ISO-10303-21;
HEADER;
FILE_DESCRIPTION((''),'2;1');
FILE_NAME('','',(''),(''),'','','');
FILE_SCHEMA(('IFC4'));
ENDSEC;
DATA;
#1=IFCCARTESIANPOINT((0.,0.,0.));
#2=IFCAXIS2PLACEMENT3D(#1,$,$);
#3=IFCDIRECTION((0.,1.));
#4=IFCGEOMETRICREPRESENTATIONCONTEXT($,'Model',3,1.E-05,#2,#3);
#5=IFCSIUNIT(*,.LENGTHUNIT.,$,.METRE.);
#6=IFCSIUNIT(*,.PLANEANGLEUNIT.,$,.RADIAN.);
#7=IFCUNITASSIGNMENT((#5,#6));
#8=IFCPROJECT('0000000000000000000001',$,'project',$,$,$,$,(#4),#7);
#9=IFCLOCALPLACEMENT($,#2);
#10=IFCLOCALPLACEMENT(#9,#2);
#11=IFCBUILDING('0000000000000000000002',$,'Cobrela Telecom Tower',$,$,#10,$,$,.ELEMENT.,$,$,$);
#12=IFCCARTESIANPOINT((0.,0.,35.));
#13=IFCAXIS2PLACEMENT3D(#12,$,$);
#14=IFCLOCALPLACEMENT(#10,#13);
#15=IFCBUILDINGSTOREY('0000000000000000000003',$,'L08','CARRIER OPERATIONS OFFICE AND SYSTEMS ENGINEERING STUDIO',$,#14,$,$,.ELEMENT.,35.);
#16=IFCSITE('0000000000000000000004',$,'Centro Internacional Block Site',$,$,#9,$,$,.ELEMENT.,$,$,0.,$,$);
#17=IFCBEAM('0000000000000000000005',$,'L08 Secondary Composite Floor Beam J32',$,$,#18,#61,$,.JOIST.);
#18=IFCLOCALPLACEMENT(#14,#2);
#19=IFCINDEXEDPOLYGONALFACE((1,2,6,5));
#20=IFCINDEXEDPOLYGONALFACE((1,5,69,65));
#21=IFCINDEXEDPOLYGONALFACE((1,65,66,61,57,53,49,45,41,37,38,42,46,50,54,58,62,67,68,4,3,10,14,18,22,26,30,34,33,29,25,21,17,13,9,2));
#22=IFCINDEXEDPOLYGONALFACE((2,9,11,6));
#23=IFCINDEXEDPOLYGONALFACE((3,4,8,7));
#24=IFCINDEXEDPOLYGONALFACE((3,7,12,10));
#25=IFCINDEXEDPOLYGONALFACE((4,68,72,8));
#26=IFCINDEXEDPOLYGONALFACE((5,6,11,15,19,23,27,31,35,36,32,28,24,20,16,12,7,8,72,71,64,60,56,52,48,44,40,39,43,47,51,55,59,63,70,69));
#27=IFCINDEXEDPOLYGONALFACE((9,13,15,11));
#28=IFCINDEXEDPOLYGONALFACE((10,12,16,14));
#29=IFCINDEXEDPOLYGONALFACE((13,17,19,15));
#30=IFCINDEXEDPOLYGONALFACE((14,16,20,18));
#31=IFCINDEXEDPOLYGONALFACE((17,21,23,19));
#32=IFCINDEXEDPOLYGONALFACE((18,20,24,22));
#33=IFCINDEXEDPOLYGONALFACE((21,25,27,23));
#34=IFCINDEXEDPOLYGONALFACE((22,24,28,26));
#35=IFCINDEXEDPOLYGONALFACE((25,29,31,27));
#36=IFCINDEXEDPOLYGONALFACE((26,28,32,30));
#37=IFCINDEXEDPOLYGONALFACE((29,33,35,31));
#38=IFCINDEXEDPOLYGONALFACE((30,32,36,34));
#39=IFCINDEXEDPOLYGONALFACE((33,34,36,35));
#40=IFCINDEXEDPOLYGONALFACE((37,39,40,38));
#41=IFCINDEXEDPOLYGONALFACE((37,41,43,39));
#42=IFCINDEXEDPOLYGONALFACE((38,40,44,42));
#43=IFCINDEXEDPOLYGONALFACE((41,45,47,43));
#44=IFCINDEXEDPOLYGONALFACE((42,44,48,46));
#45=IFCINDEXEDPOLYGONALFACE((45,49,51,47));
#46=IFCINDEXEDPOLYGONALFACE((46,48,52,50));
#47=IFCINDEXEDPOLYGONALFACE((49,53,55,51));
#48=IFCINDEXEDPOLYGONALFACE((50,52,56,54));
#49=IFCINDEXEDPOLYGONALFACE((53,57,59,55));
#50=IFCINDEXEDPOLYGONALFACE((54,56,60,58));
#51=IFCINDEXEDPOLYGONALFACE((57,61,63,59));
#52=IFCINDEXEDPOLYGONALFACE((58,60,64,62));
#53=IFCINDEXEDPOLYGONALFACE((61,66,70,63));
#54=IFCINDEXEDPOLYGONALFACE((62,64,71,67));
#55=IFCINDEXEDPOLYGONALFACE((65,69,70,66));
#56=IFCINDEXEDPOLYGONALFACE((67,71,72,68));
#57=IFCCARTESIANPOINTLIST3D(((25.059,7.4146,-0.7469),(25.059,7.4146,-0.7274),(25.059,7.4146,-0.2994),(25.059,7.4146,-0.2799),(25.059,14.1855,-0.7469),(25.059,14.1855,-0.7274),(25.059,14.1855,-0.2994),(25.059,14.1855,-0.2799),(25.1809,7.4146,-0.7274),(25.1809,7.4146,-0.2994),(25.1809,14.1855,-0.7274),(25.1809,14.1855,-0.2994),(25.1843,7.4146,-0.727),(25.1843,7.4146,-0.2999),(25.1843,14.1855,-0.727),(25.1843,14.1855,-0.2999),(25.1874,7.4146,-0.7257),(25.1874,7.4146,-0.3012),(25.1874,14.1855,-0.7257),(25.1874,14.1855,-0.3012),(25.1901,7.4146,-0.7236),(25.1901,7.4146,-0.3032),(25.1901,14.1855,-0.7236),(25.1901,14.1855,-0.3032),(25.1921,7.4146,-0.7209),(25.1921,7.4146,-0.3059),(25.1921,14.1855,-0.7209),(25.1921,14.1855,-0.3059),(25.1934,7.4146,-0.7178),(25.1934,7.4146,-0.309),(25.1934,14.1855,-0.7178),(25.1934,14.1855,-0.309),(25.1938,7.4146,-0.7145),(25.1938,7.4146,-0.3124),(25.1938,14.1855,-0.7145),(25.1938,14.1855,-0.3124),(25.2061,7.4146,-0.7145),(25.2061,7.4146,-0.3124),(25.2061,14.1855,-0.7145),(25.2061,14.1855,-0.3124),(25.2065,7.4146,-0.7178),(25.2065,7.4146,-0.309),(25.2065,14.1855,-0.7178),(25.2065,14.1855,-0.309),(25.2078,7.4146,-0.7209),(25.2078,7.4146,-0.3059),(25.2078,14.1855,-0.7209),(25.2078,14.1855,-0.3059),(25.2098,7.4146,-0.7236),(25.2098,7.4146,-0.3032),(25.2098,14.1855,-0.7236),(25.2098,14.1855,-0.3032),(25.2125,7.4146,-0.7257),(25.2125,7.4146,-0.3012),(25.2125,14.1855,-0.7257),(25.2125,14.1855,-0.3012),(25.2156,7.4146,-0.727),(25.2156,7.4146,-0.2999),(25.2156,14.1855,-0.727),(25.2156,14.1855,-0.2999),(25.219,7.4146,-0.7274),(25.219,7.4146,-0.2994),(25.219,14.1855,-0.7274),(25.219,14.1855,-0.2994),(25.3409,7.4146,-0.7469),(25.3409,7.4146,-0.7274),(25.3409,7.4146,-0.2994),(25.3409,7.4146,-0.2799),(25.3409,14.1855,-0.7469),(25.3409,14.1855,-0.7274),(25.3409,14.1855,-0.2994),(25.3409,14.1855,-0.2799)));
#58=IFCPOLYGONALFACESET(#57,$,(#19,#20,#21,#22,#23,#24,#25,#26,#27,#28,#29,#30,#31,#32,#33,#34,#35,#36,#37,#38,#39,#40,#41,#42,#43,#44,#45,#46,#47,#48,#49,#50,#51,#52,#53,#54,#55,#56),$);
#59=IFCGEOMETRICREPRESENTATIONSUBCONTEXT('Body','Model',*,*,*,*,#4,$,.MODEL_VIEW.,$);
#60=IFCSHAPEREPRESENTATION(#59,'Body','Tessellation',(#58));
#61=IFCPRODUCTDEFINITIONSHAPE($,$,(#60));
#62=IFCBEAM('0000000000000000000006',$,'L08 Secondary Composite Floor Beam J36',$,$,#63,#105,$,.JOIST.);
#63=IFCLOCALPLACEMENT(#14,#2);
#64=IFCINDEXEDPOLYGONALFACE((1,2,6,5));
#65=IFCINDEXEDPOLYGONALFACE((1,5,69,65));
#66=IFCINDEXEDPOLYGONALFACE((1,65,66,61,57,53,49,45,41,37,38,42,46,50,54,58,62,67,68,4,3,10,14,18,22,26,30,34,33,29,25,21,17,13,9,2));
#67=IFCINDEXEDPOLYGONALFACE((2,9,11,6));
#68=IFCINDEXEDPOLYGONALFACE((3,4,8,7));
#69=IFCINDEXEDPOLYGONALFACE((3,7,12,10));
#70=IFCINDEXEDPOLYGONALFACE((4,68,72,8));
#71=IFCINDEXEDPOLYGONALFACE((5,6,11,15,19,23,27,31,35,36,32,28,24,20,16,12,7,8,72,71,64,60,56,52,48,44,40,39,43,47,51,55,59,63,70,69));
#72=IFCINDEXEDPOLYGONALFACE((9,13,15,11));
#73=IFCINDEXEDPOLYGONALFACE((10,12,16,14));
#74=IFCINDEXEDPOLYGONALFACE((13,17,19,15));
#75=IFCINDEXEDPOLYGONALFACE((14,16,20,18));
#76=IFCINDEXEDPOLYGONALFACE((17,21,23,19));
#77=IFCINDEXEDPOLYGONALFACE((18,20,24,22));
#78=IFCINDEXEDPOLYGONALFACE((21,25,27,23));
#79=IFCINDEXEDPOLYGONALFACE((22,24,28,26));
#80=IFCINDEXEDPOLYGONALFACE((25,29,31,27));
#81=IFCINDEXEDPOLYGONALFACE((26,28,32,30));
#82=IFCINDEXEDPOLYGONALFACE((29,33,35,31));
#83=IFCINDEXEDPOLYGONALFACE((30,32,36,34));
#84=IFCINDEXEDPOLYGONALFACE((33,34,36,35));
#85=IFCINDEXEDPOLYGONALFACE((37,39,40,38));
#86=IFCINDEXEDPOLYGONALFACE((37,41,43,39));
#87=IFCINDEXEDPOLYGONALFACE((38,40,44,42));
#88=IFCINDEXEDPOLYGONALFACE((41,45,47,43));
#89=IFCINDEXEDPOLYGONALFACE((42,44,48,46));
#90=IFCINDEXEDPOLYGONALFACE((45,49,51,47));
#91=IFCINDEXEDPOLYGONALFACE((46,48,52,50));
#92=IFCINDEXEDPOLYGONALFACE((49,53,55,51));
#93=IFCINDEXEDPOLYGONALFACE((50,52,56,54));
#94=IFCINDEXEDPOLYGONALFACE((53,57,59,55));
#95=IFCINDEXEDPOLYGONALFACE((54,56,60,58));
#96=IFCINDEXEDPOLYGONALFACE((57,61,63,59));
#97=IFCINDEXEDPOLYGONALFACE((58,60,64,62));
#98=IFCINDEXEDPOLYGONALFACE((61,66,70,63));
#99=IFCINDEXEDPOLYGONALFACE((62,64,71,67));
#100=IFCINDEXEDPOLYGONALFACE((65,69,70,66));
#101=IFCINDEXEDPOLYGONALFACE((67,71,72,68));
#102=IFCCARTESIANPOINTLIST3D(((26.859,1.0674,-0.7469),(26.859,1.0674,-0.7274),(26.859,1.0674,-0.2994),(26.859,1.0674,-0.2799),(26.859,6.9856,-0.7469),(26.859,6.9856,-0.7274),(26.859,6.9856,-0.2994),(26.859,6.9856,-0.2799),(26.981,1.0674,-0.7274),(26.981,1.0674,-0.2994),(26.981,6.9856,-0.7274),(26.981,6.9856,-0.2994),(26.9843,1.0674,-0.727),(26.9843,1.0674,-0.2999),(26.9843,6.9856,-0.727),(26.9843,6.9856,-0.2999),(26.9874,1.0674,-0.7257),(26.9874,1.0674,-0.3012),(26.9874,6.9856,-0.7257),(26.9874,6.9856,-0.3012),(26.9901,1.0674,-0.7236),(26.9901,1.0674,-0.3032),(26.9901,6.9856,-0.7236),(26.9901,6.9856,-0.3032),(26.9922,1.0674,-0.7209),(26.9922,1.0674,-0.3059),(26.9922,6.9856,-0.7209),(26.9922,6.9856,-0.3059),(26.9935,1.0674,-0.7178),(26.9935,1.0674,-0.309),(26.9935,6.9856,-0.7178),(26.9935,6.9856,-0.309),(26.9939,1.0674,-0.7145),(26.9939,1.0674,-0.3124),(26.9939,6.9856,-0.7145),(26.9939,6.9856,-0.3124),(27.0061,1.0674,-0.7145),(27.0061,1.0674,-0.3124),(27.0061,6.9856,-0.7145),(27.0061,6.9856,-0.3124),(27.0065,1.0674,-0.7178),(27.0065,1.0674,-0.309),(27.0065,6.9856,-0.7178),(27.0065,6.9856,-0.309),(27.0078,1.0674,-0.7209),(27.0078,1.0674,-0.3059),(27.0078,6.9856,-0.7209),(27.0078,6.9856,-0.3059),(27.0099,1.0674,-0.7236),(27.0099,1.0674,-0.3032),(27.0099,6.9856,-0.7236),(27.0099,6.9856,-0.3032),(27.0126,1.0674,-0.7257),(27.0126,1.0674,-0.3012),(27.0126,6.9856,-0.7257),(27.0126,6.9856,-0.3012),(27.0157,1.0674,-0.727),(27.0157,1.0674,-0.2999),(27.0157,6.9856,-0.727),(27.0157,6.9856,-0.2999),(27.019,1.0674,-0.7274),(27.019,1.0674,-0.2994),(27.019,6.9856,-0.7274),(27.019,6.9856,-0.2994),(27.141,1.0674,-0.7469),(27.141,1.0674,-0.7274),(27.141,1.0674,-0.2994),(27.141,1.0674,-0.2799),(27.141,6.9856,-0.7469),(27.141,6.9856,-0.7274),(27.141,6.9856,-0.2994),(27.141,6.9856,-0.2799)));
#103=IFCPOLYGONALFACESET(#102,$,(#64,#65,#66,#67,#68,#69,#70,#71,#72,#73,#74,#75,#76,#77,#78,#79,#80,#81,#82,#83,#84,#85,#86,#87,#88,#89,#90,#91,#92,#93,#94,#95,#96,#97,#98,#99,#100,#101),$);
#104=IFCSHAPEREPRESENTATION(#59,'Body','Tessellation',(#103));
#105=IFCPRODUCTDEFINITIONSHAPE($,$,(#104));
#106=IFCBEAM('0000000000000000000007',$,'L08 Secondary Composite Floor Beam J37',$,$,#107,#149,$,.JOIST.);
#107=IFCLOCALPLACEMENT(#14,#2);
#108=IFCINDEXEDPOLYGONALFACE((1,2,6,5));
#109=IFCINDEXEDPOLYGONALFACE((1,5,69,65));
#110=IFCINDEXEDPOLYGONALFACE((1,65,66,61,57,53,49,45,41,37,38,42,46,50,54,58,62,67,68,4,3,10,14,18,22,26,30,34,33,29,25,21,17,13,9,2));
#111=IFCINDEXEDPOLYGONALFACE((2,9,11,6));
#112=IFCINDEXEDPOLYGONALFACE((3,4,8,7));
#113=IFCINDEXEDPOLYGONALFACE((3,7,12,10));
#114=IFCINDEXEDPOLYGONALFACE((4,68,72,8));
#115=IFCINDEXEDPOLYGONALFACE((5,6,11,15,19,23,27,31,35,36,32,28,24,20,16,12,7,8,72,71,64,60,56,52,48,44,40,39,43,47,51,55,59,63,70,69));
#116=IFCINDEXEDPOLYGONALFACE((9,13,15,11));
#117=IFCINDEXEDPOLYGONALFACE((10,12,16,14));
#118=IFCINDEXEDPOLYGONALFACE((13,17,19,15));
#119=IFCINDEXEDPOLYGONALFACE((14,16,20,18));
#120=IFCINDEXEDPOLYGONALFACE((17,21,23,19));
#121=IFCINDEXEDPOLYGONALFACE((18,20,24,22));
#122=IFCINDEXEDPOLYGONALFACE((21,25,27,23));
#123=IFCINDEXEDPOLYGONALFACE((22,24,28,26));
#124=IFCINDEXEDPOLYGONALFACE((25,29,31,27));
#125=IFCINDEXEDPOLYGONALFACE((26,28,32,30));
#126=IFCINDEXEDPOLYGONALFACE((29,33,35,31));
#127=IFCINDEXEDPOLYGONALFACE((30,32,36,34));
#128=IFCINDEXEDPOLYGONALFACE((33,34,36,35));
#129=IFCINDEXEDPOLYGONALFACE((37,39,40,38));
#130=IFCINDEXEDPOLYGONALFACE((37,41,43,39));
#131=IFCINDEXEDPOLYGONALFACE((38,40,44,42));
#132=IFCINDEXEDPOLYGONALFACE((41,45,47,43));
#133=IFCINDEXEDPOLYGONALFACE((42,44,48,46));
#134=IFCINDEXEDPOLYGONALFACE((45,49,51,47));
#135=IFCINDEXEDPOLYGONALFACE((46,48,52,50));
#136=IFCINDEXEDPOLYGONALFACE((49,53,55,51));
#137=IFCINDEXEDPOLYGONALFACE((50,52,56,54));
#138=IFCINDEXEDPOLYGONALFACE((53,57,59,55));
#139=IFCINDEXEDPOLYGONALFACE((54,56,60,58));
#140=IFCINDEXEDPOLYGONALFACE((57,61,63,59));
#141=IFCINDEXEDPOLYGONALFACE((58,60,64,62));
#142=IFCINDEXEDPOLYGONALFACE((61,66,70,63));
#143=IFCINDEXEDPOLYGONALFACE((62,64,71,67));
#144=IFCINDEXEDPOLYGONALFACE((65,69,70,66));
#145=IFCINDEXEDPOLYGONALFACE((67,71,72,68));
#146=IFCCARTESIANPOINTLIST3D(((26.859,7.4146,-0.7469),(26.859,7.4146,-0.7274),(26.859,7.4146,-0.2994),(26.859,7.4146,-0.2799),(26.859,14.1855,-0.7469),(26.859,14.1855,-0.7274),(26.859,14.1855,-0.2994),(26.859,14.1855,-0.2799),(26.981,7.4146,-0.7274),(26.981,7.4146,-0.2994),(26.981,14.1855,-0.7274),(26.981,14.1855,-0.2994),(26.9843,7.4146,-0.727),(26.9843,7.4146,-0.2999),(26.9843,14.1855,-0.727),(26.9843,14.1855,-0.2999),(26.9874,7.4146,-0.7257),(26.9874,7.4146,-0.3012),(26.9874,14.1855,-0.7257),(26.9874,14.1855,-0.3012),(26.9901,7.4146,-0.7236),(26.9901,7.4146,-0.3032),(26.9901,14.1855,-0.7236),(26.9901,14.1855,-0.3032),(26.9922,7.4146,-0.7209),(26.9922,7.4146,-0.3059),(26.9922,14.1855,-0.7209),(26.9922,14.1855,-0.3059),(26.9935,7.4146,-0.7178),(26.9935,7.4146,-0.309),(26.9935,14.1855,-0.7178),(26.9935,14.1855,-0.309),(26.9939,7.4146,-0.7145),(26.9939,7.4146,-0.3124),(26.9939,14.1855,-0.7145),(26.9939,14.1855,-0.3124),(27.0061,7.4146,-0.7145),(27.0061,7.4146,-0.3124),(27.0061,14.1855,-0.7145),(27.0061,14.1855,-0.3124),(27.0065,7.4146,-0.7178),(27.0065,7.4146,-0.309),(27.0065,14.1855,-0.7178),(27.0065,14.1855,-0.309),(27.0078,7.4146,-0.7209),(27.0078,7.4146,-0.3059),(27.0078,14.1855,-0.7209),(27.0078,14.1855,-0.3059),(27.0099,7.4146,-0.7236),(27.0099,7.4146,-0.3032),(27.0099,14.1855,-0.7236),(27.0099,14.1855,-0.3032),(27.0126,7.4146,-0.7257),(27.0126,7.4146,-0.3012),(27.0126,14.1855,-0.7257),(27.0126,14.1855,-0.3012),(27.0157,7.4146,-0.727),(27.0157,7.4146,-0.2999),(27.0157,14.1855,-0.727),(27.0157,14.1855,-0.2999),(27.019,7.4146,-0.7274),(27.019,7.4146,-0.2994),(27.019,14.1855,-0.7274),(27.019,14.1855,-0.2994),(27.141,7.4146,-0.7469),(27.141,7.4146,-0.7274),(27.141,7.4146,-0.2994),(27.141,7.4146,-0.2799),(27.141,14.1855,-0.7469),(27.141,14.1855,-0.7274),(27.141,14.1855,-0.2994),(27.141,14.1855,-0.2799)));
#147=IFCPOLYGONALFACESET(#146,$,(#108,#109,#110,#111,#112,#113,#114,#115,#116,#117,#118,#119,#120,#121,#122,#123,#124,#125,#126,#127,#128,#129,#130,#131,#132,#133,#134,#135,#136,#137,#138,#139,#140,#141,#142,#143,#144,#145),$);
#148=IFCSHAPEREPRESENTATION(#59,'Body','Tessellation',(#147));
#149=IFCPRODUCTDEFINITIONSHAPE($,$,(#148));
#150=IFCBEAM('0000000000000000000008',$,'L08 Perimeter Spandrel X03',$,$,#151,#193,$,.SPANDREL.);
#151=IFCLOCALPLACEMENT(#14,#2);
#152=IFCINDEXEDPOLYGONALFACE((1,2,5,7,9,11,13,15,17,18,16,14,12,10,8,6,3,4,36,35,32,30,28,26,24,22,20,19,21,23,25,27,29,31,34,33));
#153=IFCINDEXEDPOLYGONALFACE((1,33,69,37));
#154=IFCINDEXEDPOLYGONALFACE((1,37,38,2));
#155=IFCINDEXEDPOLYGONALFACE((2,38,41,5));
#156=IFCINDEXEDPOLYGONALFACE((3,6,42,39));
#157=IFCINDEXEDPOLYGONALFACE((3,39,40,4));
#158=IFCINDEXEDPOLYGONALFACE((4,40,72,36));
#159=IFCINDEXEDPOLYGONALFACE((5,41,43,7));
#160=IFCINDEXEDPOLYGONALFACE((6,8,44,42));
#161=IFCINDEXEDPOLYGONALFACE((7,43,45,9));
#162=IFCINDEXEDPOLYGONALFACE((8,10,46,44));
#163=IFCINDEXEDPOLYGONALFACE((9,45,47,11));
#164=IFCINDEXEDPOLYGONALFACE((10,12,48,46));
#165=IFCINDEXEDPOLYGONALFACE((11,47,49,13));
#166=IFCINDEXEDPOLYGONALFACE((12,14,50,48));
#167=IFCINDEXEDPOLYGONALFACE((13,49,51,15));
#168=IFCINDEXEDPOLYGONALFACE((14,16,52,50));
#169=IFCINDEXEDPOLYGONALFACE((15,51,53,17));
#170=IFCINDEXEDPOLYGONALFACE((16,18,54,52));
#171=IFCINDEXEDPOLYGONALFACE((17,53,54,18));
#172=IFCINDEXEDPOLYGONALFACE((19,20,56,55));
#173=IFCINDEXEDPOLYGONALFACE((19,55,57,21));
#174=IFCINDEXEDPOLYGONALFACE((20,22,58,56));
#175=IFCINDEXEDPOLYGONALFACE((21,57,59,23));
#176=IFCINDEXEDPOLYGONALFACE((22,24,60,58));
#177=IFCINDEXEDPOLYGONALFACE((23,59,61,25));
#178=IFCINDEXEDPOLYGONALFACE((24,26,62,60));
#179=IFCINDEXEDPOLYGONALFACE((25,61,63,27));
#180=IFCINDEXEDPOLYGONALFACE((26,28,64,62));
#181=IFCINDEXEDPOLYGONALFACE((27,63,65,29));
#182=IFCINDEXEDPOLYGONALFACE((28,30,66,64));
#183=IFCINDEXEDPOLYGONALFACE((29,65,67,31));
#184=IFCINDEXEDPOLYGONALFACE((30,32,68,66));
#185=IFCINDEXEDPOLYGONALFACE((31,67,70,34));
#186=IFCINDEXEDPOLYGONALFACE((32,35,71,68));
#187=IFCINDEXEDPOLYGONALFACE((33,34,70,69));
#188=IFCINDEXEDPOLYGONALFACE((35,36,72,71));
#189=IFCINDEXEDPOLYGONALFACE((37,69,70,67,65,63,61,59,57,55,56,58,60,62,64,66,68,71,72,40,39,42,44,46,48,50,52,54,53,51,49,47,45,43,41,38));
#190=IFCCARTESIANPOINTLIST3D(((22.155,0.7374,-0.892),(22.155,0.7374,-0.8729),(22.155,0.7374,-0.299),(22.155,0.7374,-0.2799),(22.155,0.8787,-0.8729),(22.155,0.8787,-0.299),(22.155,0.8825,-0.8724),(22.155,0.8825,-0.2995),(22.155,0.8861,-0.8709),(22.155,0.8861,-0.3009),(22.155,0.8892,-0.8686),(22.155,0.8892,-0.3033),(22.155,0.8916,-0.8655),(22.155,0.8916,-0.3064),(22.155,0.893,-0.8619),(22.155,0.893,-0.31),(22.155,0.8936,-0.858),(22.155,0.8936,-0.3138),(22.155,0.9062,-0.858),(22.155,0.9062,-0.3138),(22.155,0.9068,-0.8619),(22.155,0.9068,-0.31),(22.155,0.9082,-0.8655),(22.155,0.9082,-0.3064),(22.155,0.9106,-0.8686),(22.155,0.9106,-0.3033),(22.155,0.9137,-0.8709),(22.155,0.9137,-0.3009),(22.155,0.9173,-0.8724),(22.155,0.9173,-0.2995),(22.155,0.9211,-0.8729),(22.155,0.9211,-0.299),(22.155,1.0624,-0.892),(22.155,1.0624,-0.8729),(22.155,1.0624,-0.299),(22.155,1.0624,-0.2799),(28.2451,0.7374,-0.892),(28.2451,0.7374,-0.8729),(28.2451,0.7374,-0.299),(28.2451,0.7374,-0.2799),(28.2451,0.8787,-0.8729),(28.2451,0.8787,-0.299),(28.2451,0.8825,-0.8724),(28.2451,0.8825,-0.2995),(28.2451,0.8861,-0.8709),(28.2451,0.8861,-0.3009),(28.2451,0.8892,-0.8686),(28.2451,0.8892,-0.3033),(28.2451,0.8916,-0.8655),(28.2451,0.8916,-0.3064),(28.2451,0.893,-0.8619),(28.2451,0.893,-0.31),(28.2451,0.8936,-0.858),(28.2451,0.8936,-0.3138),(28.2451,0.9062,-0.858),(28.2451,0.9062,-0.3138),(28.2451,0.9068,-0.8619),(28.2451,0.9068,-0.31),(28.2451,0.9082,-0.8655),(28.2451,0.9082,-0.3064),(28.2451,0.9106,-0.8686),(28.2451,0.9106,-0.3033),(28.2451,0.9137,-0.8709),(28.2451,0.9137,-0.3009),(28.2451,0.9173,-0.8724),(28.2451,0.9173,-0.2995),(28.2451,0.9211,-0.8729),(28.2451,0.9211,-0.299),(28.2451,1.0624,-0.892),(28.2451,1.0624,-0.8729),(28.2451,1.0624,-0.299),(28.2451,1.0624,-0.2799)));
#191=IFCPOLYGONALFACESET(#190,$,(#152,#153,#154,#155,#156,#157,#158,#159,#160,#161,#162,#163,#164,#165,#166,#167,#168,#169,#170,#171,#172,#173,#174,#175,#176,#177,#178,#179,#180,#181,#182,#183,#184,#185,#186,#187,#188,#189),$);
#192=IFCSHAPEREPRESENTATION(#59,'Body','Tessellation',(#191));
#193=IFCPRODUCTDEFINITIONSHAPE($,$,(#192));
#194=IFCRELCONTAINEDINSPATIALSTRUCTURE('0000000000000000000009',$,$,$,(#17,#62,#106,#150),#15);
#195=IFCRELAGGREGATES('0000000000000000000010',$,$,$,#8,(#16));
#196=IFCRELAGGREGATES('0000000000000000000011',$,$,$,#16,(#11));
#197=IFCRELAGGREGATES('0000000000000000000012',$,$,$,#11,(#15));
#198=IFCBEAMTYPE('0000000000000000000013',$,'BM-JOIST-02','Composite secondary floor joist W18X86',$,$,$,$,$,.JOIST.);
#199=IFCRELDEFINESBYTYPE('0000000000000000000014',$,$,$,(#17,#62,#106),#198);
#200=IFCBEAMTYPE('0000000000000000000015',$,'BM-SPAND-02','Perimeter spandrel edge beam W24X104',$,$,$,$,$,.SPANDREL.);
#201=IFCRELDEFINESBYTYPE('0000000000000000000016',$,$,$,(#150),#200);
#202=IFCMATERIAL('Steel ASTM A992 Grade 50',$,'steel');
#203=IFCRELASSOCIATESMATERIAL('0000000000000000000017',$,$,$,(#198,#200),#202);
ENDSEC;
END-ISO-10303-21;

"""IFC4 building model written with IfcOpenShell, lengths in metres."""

from ifc_helpers import new_model, si_unit, direction, frame, origin, origin_2d, place, context, subcontext, project, spatial, i_section, extrude, material, material_profile, profile_set, type_object, element, save


model = new_model("IFC4")

# Units and contexts
model_context = context("Model", 3, precision=1e-05, world=origin(), true_north=direction((0.0, 1.0)))
body_context = subcontext(model_context, "Body", "Model", "MODEL_VIEW")
ifc_project = project(units=[si_unit("LENGTHUNIT", "METRE"), si_unit("PLANEANGLEUNIT", "RADIAN")], contexts=[model_context])

# Site, building, storey
site_placement = place(None, origin())
site = spatial("IfcSite", under=ifc_project, at=site_placement, Name="Centro Internacional Block Site", CompositionType="ELEMENT", RefElevation=0.0)
building_placement = place(site_placement, origin())
building = spatial("IfcBuilding", under=site, at=building_placement, Name="Cobrela Telecom Tower", CompositionType="ELEMENT")
storey_placement = place(building_placement, frame((0.0, 0.0, 35.0)))
storey = spatial("IfcBuildingStorey", under=building, at=storey_placement, Name="L08", Description="CARRIER OPERATIONS OFFICE AND SYSTEMS ENGINEERING STUDIO", CompositionType="ELEMENT", Elevation=35.0)

# Shared definitions
ifc_material_1 = material(Name="Steel ASTM A992 Grade 50", Category="steel")

# Beams
ifc_material_profile_1 = material_profile(ifc_material_1, i_section(OverallWidth=0.282, OverallDepth=0.467, WebThickness=0.0122, FlangeThickness=0.0195, FilletRadius=0.0129, at=origin_2d()), Name="W18X86")
ifc_profile_set_1 = profile_set([ifc_material_profile_1], Name="Steel ASTM A992 Grade 50")
beam_type_1 = type_object("IfcBeamType", Name="BM-JOIST-02", Description="Composite secondary floor joist W18X86", PredefinedType="JOIST", material=ifc_profile_set_1)
beam_1_placement = place(storey_placement, frame((25.2, 7.4146, -0.5134), z_axis=(0.0, 1.0, 0.0), x_axis=(-1.0, 0.0, 0.0)))
element("IfcBeam", 1, at=beam_1_placement, inside=storey, type_object=beam_type_1, Name="L08 Secondary Composite Floor Beam J32", PredefinedType="JOIST", context=body_context, shape_type="SweptSolid", body=[
    extrude(i_section(OverallWidth=0.282, OverallDepth=0.467, WebThickness=0.0122, FlangeThickness=0.0195, FilletRadius=0.0129, at=origin_2d()), origin(), (0.0, 0.0, 1.0), 6.771),
])
beam_2_placement = place(storey_placement, frame((27.0, 1.0674, -0.5134), z_axis=(0.0, 1.0, 0.0), x_axis=(-1.0, 0.0, 0.0)))
element("IfcBeam", 2, at=beam_2_placement, inside=storey, type_object=beam_type_1, Name="L08 Secondary Composite Floor Beam J36", PredefinedType="JOIST", context=body_context, shape_type="SweptSolid", body=[
    extrude(i_section(OverallWidth=0.282, OverallDepth=0.467, WebThickness=0.0122, FlangeThickness=0.0195, FilletRadius=0.0129, at=origin_2d()), origin(), (0.0, 0.0, 1.0), 5.9182),
])
beam_3_placement = place(storey_placement, frame((27.0, 7.4146, -0.5134), z_axis=(0.0, 1.0, 0.0), x_axis=(-1.0, 0.0, 0.0)))
element("IfcBeam", 3, at=beam_3_placement, inside=storey, type_object=beam_type_1, Name="L08 Secondary Composite Floor Beam J37", PredefinedType="JOIST", context=body_context, shape_type="SweptSolid", body=[
    extrude(i_section(OverallWidth=0.282, OverallDepth=0.467, WebThickness=0.0122, FlangeThickness=0.0195, FilletRadius=0.0129, at=origin_2d()), origin(), (0.0, 0.0, 1.0), 6.771),
])
ifc_material_profile_2 = material_profile(ifc_material_1, i_section(OverallWidth=0.325, OverallDepth=0.6121, WebThickness=0.0127, FlangeThickness=0.019, FilletRadius=0.0149, at=origin_2d()), Name="W24X104")
ifc_profile_set_2 = profile_set([ifc_material_profile_2], Name="Steel ASTM A992 Grade 50")
beam_type_2 = type_object("IfcBeamType", Name="BM-SPAND-02", Description="Perimeter spandrel edge beam W24X104", PredefinedType="SPANDREL", material=ifc_profile_set_2)
beam_4_placement = place(storey_placement, frame((22.155, 0.8999, -0.5859), z_axis=(1.0, 0.0, 0.0), x_axis=(0.0, 1.0, 0.0)))
element("IfcBeam", 4, at=beam_4_placement, inside=storey, type_object=beam_type_2, Name="L08 Perimeter Spandrel X03", PredefinedType="SPANDREL", context=body_context, shape_type="SweptSolid", body=[
    extrude(i_section(OverallWidth=0.325, OverallDepth=0.6121, WebThickness=0.0127, FlangeThickness=0.019, FilletRadius=0.0149, at=origin_2d()), origin(), (0.0, 0.0, 1.0), 6.0901),
])

save(model, "model.ifc")
